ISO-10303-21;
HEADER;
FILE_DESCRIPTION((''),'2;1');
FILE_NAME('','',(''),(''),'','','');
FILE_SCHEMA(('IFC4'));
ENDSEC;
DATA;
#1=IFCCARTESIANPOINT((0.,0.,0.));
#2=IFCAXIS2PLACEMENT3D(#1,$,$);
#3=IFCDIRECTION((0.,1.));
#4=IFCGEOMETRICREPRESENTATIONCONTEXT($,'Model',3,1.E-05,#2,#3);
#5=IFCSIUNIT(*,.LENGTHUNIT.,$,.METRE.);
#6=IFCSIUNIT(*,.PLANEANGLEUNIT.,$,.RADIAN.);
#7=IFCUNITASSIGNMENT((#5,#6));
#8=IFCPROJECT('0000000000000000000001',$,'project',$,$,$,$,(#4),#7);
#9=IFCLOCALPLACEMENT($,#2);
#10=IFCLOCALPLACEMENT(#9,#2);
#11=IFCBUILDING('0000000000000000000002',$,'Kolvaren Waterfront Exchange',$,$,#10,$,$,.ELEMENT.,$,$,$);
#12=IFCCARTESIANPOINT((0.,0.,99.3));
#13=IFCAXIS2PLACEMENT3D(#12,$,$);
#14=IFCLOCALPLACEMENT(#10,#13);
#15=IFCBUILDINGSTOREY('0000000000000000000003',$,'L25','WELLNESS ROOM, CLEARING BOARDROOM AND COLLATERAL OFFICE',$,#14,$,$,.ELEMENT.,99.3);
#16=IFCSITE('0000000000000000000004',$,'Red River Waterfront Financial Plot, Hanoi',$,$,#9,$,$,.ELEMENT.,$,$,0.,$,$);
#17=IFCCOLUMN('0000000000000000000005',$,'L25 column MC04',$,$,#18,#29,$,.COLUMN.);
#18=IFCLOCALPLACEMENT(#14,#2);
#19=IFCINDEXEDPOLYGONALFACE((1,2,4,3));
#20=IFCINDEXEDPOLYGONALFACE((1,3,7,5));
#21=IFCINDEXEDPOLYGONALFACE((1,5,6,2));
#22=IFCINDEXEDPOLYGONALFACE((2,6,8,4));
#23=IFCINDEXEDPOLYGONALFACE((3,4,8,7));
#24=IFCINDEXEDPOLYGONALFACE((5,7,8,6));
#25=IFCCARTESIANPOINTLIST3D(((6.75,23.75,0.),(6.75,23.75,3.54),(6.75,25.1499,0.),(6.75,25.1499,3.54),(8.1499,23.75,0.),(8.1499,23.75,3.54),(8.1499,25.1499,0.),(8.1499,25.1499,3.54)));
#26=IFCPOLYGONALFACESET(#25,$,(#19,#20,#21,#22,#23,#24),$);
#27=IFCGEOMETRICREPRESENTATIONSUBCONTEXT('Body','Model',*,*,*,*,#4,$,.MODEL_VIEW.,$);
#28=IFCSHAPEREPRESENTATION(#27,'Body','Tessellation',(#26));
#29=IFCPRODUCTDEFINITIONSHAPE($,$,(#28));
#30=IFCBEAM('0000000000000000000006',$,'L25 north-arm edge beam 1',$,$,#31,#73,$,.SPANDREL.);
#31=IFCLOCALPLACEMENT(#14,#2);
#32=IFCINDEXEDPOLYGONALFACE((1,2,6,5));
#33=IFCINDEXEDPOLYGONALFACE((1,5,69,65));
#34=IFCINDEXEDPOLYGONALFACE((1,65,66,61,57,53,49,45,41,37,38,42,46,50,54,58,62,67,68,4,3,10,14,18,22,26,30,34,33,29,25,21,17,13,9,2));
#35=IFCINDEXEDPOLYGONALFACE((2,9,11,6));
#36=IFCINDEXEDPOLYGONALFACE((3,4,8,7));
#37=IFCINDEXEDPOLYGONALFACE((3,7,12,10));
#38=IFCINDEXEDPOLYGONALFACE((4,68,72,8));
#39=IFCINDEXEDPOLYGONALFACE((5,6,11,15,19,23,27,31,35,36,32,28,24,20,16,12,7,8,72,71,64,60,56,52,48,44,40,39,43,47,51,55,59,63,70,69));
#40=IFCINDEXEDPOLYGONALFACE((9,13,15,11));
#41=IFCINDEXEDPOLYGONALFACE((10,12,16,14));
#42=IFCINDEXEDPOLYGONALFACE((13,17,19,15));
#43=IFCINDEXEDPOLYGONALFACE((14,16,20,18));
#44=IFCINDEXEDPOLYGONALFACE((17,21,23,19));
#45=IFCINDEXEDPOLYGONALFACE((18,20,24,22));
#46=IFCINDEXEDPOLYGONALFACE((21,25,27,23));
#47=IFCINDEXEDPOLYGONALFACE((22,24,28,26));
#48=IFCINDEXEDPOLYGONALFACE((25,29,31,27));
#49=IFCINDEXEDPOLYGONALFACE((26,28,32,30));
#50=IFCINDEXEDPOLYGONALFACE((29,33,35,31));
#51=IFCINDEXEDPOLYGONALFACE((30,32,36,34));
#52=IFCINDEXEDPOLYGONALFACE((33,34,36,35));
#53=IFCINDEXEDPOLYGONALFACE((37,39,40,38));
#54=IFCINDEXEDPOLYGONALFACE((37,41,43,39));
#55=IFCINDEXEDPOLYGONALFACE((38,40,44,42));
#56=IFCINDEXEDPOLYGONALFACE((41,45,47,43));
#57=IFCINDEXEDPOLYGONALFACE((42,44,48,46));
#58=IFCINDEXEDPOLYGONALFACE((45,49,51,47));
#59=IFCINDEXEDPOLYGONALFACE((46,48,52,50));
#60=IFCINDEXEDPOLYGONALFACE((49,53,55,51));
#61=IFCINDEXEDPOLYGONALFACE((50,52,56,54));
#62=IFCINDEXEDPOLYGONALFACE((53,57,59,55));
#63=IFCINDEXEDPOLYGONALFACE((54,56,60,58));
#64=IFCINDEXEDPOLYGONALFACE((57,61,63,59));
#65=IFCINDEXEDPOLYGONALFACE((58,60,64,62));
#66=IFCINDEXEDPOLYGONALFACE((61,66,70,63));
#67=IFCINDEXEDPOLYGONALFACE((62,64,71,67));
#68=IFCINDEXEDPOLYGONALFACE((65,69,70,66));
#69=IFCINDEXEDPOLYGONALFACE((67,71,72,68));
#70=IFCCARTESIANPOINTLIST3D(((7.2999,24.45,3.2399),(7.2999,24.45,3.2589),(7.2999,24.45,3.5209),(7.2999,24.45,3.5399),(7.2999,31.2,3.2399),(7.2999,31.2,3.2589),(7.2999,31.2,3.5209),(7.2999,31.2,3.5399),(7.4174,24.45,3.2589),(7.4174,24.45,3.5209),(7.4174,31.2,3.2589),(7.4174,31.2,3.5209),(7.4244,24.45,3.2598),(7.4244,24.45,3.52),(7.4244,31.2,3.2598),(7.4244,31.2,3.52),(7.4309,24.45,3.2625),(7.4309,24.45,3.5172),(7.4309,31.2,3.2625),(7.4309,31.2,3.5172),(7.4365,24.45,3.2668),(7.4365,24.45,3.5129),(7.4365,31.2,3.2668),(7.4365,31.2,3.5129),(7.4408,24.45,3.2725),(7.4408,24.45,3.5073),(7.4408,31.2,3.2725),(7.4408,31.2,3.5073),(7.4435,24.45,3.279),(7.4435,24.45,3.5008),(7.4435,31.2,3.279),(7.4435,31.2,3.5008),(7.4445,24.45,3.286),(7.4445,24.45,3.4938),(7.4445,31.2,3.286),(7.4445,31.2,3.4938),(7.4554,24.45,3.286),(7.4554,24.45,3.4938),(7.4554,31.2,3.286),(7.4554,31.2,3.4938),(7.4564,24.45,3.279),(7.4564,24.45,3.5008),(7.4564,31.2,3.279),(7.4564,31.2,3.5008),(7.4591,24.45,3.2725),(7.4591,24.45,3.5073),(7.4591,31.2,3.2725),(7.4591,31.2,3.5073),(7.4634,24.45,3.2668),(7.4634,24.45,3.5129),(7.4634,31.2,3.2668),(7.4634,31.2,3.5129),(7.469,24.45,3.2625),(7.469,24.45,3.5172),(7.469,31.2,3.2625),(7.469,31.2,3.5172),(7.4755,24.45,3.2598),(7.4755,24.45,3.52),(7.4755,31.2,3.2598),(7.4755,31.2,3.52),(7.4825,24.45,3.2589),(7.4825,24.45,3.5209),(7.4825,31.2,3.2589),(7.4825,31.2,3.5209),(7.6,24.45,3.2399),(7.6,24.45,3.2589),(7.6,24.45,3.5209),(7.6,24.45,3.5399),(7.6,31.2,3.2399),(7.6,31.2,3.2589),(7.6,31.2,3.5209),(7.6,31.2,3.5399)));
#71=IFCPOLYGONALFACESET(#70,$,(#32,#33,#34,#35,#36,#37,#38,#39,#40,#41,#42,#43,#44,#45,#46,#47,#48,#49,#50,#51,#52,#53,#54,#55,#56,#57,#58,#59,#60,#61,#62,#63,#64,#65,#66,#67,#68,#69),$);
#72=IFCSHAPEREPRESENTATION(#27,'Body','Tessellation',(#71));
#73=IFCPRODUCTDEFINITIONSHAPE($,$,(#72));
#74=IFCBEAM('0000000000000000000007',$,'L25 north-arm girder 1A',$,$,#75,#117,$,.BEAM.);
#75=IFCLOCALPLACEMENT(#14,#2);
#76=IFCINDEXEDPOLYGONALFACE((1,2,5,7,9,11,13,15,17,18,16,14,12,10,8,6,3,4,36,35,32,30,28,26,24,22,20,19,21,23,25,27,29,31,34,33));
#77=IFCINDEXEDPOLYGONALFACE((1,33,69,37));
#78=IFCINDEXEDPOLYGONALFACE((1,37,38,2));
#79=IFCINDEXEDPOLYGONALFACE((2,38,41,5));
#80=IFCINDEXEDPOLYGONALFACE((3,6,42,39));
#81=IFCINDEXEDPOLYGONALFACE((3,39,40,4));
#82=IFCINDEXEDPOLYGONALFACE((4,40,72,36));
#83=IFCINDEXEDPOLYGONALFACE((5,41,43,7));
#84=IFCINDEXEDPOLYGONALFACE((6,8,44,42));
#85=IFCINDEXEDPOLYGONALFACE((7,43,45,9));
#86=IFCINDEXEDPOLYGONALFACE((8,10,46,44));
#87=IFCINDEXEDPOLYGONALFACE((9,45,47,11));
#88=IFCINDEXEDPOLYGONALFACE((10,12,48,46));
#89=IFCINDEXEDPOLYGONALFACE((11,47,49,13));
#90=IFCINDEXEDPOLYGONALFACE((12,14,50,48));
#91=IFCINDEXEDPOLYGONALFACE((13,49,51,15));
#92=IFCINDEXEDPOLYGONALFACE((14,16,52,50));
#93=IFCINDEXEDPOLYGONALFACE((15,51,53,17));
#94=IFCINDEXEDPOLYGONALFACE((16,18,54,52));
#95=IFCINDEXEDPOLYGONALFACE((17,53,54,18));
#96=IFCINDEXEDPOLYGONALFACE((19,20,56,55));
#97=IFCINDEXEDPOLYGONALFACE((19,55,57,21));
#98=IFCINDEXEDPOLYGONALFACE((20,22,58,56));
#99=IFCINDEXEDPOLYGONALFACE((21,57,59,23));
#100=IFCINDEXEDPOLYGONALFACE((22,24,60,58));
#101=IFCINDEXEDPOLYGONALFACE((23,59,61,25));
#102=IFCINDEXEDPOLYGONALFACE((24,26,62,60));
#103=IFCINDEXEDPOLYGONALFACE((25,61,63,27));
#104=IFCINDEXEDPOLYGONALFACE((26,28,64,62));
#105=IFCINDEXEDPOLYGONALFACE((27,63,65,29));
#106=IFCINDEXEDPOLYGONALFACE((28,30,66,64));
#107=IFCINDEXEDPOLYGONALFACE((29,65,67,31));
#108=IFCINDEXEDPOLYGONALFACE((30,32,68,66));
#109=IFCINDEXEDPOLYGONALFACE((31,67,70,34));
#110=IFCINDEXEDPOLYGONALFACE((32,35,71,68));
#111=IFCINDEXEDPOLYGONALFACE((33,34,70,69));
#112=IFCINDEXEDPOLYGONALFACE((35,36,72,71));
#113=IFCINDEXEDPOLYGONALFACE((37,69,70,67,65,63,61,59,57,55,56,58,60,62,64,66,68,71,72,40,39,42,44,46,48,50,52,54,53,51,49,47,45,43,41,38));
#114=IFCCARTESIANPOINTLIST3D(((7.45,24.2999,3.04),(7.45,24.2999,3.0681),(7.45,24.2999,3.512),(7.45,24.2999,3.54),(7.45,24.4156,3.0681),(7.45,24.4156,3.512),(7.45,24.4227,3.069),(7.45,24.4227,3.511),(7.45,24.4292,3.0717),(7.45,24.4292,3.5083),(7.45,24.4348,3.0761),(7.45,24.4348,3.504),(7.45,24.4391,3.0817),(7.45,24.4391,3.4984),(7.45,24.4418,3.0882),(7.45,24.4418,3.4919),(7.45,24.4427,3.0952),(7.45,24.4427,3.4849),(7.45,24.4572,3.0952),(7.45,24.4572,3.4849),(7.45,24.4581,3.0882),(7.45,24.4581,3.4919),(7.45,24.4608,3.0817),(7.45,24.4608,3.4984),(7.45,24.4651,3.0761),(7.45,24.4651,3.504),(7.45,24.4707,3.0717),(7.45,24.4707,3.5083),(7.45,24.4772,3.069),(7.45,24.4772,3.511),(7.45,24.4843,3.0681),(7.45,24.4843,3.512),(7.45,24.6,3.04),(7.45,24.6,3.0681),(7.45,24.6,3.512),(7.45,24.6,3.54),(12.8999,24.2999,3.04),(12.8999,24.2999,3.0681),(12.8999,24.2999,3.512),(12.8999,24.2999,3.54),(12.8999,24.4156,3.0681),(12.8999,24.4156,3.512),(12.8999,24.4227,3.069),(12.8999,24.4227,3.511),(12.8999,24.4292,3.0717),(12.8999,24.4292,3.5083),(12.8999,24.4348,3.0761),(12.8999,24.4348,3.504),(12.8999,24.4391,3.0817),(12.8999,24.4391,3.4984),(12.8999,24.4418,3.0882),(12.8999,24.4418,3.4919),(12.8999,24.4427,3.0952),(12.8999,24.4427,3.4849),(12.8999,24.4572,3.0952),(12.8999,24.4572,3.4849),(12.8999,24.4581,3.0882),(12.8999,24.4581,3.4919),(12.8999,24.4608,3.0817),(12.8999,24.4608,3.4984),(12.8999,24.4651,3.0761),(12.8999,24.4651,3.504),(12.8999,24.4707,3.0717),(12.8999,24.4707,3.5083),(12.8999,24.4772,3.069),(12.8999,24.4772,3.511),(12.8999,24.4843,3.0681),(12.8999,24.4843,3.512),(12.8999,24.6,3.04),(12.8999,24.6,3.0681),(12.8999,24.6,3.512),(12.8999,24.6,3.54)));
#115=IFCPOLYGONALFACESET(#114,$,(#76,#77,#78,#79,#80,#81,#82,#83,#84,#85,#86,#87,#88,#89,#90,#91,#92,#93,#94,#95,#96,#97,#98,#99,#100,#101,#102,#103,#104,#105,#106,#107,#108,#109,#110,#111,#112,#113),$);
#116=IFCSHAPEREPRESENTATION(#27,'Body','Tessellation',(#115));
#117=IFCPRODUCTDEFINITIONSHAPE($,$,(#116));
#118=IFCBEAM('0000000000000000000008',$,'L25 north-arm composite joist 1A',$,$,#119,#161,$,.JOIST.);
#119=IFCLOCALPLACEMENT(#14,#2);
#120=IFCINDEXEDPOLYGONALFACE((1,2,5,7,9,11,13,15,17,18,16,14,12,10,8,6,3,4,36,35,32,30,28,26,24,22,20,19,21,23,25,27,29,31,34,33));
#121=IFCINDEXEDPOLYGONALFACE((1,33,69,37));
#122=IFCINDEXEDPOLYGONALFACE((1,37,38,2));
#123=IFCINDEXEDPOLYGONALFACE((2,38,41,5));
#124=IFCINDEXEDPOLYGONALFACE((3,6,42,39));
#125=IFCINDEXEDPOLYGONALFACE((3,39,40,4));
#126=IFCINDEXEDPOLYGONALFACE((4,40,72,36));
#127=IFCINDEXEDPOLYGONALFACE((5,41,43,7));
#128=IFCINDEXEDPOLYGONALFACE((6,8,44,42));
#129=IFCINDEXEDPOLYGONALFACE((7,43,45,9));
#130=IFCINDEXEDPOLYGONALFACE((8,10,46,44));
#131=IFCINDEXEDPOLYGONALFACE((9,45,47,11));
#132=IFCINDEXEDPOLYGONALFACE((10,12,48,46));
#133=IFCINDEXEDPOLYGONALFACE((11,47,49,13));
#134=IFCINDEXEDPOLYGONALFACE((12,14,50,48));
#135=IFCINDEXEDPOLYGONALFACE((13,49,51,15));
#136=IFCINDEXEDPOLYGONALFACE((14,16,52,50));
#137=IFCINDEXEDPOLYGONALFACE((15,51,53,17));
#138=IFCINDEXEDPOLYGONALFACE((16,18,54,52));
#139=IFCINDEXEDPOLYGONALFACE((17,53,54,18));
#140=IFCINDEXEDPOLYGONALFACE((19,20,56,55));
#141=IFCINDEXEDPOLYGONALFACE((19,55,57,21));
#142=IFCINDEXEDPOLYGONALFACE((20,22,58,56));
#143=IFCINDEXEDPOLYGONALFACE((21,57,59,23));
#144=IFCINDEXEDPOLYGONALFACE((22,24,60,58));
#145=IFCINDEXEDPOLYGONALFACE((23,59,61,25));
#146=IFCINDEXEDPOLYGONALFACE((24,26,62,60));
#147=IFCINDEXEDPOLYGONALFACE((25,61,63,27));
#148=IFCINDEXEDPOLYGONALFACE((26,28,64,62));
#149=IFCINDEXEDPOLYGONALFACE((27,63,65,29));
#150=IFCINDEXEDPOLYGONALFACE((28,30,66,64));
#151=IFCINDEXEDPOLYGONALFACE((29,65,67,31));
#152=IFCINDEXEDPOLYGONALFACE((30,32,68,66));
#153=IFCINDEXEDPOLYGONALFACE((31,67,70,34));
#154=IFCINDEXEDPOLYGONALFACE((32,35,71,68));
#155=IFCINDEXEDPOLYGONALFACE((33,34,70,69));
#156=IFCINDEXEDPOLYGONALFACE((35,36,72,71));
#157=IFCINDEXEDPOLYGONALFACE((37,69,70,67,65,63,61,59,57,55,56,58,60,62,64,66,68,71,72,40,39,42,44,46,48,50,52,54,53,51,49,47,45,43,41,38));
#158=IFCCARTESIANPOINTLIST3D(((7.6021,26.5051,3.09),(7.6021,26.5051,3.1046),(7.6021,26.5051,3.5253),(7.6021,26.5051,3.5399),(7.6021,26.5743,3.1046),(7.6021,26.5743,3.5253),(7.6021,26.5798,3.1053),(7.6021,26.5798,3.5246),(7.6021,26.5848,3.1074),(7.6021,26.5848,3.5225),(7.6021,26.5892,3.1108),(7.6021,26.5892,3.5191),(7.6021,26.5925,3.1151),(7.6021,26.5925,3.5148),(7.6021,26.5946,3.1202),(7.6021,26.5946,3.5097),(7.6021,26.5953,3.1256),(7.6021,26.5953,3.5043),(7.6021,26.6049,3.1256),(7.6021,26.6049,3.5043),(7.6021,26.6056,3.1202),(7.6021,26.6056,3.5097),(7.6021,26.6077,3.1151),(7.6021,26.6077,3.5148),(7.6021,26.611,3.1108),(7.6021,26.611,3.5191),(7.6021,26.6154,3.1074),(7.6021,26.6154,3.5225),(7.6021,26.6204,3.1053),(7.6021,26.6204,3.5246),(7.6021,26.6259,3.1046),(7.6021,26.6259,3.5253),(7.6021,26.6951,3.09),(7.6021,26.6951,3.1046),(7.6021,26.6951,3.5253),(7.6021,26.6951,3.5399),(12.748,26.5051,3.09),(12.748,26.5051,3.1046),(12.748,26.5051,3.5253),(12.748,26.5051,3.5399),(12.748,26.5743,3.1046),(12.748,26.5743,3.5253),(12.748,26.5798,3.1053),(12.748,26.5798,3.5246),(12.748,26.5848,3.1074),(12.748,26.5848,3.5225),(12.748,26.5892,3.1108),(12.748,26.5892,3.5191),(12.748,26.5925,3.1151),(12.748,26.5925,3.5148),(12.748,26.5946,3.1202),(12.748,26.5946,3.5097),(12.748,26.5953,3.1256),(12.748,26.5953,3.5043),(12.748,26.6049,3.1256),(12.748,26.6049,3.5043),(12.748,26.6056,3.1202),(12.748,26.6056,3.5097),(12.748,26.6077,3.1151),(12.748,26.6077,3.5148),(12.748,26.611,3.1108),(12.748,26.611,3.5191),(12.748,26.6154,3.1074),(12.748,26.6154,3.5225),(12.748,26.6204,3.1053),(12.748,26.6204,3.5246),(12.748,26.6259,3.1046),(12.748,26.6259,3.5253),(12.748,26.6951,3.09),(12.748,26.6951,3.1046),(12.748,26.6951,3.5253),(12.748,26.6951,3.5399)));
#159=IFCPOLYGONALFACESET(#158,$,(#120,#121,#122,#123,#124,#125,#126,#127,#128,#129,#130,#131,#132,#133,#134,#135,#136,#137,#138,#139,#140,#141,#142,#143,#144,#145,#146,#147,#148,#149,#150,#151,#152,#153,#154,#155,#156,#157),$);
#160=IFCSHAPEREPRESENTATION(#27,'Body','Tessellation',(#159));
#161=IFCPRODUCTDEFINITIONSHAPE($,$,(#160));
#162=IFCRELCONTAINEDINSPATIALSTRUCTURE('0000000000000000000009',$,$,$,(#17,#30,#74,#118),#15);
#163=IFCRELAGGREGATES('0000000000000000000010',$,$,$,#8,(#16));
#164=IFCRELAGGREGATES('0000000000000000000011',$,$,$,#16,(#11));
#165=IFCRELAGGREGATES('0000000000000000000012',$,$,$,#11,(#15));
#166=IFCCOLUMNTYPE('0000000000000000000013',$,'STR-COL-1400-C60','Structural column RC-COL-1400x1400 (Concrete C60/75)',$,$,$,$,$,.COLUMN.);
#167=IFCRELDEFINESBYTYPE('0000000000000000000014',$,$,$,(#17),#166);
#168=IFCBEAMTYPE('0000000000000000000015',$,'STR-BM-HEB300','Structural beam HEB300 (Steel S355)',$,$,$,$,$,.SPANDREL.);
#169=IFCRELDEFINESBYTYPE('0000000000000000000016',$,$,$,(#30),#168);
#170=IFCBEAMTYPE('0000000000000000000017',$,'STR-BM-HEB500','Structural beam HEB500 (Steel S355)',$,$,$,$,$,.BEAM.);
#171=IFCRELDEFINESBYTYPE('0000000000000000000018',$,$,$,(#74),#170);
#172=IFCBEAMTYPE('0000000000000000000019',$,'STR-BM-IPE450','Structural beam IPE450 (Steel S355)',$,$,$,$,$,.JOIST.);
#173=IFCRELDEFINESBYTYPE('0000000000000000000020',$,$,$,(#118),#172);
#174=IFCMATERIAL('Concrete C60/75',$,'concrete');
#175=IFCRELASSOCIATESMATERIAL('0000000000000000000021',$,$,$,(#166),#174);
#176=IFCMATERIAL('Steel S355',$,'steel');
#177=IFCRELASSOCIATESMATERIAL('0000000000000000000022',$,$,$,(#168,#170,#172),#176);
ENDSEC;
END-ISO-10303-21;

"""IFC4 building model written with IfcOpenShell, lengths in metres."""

from ifc_helpers import new_model, si_unit, direction, frame, origin, origin_2d, place, context, subcontext, project, spatial, rectangle, i_section, extrude, material, material_profile, profile_set, type_object, element, save


model = new_model("IFC4")

# Units and contexts
model_context = context("Model", 3, precision=1e-05, world=origin(), true_north=direction((0.0, 1.0)))
body_context = subcontext(model_context, "Body", "Model", "MODEL_VIEW")
ifc_project = project(units=[si_unit("LENGTHUNIT", "METRE"), si_unit("PLANEANGLEUNIT", "RADIAN")], contexts=[model_context])

# Site, building, storey
site_placement = place(None, origin())
site = spatial("IfcSite", under=ifc_project, at=site_placement, Name="Red River Waterfront Financial Plot, Hanoi", CompositionType="ELEMENT", RefElevation=0.0)
building_placement = place(site_placement, origin())
building = spatial("IfcBuilding", under=site, at=building_placement, Name="Kolvaren Waterfront Exchange", CompositionType="ELEMENT")
storey_placement = place(building_placement, frame((0.0, 0.0, 99.3)))
storey = spatial("IfcBuildingStorey", under=building, at=storey_placement, Name="L25", Description="WELLNESS ROOM, CLEARING BOARDROOM AND COLLATERAL OFFICE", CompositionType="ELEMENT", Elevation=99.3)

# Column
ifc_material_1 = material(Name="Concrete C60/75", Category="concrete")
ifc_material_profile_1 = material_profile(ifc_material_1, rectangle(XDim=1.3999, YDim=1.3999, at=origin_2d()), Name="RC-COL-1400x1400")
ifc_profile_set_1 = profile_set([ifc_material_profile_1], Name="Concrete C60/75")
column_type = type_object("IfcColumnType", Name="STR-COL-1400-C60", Description="Structural column RC-COL-1400x1400 (Concrete C60/75)", PredefinedType="COLUMN", material=ifc_profile_set_1)
column_placement = place(storey_placement, frame((7.45, 24.45, 0.0), z_axis=(0.0, 0.0, 1.0), x_axis=(1.0, 0.0, 0.0)))
element("IfcColumn", 1, at=column_placement, inside=storey, type_object=column_type, Name="L25 column MC04", PredefinedType="COLUMN", context=body_context, shape_type="SweptSolid", body=[
    extrude(rectangle(XDim=1.3999, YDim=1.3999, at=origin_2d()), origin(), (0.0, 0.0, 1.0), 3.54),
])

# Beams
ifc_material_2 = material(Name="Steel S355", Category="steel")
ifc_material_profile_2 = material_profile(ifc_material_2, i_section(OverallWidth=0.3, OverallDepth=0.3, WebThickness=0.011, FlangeThickness=0.019, FilletRadius=0.0271, at=origin_2d()), Name="HEB300")
ifc_profile_set_2 = profile_set([ifc_material_profile_2], Name="Steel S355")
beam_type_1 = type_object("IfcBeamType", Name="STR-BM-HEB300", Description="Structural beam HEB300 (Steel S355)", PredefinedType="SPANDREL", material=ifc_profile_set_2)
beam_1_placement = place(storey_placement, frame((7.45, 24.45, 3.3899), z_axis=(0.0, 1.0, 0.0), x_axis=(-1.0, 0.0, 0.0)))
element("IfcBeam", 2, at=beam_1_placement, inside=storey, type_object=beam_type_1, Name="L25 north-arm edge beam 1", PredefinedType="SPANDREL", context=body_context, shape_type="SweptSolid", body=[
    extrude(i_section(OverallWidth=0.3, OverallDepth=0.3, WebThickness=0.011, FlangeThickness=0.019, FilletRadius=0.0271, at=origin_2d()), origin(), (0.0, 0.0, 1.0), 6.75),
])
ifc_material_profile_3 = material_profile(ifc_material_2, i_section(OverallWidth=0.3, OverallDepth=0.5, WebThickness=0.0144, FlangeThickness=0.0281, FilletRadius=0.0271, at=origin_2d()), Name="HEB500")
ifc_profile_set_3 = profile_set([ifc_material_profile_3], Name="Steel S355")
beam_type_2 = type_object("IfcBeamType", Name="STR-BM-HEB500", Description="Structural beam HEB500 (Steel S355)", PredefinedType="BEAM", material=ifc_profile_set_3)
beam_2_placement = place(storey_placement, frame((7.45, 24.45, 3.29), z_axis=(1.0, 0.0, 0.0), x_axis=(0.0, 1.0, 0.0)))
element("IfcBeam", 3, at=beam_2_placement, inside=storey, type_object=beam_type_2, Name="L25 north-arm girder 1A", PredefinedType="BEAM", context=body_context, shape_type="SweptSolid", body=[
    extrude(i_section(OverallWidth=0.3, OverallDepth=0.5, WebThickness=0.0144, FlangeThickness=0.0281, FilletRadius=0.0271, at=origin_2d()), origin(), (0.0, 0.0, 1.0), 5.45),
])
ifc_material_profile_4 = material_profile(ifc_material_2, i_section(OverallWidth=0.1899, OverallDepth=0.45, WebThickness=0.0095, FlangeThickness=0.0146, FilletRadius=0.021, at=origin_2d()), Name="IPE450")
ifc_profile_set_4 = profile_set([ifc_material_profile_4], Name="Steel S355")
beam_type_3 = type_object("IfcBeamType", Name="STR-BM-IPE450", Description="Structural beam IPE450 (Steel S355)", PredefinedType="JOIST", material=ifc_profile_set_4)
for number, where, z_axis, x_axis, name in (
    (4, (7.6021, 26.6001, 3.3149), (1.0, 0.0, 0.0), (0.0, 1.0, 0.0), "L25 north-arm composite joist 1A"),
):
    element("IfcBeam", number, at=place(storey_placement, frame(where, z_axis=z_axis, x_axis=x_axis)), inside=storey, type_object=beam_type_3, Name=name, PredefinedType="JOIST", context=body_context, shape_type="SweptSolid", body=[
        extrude(i_section(OverallWidth=0.1899, OverallDepth=0.45, WebThickness=0.0095, FlangeThickness=0.0146, FilletRadius=0.021, at=origin_2d()), origin(), (0.0, 0.0, 1.0), 5.146),
    ])

save(model, "model.ifc")
